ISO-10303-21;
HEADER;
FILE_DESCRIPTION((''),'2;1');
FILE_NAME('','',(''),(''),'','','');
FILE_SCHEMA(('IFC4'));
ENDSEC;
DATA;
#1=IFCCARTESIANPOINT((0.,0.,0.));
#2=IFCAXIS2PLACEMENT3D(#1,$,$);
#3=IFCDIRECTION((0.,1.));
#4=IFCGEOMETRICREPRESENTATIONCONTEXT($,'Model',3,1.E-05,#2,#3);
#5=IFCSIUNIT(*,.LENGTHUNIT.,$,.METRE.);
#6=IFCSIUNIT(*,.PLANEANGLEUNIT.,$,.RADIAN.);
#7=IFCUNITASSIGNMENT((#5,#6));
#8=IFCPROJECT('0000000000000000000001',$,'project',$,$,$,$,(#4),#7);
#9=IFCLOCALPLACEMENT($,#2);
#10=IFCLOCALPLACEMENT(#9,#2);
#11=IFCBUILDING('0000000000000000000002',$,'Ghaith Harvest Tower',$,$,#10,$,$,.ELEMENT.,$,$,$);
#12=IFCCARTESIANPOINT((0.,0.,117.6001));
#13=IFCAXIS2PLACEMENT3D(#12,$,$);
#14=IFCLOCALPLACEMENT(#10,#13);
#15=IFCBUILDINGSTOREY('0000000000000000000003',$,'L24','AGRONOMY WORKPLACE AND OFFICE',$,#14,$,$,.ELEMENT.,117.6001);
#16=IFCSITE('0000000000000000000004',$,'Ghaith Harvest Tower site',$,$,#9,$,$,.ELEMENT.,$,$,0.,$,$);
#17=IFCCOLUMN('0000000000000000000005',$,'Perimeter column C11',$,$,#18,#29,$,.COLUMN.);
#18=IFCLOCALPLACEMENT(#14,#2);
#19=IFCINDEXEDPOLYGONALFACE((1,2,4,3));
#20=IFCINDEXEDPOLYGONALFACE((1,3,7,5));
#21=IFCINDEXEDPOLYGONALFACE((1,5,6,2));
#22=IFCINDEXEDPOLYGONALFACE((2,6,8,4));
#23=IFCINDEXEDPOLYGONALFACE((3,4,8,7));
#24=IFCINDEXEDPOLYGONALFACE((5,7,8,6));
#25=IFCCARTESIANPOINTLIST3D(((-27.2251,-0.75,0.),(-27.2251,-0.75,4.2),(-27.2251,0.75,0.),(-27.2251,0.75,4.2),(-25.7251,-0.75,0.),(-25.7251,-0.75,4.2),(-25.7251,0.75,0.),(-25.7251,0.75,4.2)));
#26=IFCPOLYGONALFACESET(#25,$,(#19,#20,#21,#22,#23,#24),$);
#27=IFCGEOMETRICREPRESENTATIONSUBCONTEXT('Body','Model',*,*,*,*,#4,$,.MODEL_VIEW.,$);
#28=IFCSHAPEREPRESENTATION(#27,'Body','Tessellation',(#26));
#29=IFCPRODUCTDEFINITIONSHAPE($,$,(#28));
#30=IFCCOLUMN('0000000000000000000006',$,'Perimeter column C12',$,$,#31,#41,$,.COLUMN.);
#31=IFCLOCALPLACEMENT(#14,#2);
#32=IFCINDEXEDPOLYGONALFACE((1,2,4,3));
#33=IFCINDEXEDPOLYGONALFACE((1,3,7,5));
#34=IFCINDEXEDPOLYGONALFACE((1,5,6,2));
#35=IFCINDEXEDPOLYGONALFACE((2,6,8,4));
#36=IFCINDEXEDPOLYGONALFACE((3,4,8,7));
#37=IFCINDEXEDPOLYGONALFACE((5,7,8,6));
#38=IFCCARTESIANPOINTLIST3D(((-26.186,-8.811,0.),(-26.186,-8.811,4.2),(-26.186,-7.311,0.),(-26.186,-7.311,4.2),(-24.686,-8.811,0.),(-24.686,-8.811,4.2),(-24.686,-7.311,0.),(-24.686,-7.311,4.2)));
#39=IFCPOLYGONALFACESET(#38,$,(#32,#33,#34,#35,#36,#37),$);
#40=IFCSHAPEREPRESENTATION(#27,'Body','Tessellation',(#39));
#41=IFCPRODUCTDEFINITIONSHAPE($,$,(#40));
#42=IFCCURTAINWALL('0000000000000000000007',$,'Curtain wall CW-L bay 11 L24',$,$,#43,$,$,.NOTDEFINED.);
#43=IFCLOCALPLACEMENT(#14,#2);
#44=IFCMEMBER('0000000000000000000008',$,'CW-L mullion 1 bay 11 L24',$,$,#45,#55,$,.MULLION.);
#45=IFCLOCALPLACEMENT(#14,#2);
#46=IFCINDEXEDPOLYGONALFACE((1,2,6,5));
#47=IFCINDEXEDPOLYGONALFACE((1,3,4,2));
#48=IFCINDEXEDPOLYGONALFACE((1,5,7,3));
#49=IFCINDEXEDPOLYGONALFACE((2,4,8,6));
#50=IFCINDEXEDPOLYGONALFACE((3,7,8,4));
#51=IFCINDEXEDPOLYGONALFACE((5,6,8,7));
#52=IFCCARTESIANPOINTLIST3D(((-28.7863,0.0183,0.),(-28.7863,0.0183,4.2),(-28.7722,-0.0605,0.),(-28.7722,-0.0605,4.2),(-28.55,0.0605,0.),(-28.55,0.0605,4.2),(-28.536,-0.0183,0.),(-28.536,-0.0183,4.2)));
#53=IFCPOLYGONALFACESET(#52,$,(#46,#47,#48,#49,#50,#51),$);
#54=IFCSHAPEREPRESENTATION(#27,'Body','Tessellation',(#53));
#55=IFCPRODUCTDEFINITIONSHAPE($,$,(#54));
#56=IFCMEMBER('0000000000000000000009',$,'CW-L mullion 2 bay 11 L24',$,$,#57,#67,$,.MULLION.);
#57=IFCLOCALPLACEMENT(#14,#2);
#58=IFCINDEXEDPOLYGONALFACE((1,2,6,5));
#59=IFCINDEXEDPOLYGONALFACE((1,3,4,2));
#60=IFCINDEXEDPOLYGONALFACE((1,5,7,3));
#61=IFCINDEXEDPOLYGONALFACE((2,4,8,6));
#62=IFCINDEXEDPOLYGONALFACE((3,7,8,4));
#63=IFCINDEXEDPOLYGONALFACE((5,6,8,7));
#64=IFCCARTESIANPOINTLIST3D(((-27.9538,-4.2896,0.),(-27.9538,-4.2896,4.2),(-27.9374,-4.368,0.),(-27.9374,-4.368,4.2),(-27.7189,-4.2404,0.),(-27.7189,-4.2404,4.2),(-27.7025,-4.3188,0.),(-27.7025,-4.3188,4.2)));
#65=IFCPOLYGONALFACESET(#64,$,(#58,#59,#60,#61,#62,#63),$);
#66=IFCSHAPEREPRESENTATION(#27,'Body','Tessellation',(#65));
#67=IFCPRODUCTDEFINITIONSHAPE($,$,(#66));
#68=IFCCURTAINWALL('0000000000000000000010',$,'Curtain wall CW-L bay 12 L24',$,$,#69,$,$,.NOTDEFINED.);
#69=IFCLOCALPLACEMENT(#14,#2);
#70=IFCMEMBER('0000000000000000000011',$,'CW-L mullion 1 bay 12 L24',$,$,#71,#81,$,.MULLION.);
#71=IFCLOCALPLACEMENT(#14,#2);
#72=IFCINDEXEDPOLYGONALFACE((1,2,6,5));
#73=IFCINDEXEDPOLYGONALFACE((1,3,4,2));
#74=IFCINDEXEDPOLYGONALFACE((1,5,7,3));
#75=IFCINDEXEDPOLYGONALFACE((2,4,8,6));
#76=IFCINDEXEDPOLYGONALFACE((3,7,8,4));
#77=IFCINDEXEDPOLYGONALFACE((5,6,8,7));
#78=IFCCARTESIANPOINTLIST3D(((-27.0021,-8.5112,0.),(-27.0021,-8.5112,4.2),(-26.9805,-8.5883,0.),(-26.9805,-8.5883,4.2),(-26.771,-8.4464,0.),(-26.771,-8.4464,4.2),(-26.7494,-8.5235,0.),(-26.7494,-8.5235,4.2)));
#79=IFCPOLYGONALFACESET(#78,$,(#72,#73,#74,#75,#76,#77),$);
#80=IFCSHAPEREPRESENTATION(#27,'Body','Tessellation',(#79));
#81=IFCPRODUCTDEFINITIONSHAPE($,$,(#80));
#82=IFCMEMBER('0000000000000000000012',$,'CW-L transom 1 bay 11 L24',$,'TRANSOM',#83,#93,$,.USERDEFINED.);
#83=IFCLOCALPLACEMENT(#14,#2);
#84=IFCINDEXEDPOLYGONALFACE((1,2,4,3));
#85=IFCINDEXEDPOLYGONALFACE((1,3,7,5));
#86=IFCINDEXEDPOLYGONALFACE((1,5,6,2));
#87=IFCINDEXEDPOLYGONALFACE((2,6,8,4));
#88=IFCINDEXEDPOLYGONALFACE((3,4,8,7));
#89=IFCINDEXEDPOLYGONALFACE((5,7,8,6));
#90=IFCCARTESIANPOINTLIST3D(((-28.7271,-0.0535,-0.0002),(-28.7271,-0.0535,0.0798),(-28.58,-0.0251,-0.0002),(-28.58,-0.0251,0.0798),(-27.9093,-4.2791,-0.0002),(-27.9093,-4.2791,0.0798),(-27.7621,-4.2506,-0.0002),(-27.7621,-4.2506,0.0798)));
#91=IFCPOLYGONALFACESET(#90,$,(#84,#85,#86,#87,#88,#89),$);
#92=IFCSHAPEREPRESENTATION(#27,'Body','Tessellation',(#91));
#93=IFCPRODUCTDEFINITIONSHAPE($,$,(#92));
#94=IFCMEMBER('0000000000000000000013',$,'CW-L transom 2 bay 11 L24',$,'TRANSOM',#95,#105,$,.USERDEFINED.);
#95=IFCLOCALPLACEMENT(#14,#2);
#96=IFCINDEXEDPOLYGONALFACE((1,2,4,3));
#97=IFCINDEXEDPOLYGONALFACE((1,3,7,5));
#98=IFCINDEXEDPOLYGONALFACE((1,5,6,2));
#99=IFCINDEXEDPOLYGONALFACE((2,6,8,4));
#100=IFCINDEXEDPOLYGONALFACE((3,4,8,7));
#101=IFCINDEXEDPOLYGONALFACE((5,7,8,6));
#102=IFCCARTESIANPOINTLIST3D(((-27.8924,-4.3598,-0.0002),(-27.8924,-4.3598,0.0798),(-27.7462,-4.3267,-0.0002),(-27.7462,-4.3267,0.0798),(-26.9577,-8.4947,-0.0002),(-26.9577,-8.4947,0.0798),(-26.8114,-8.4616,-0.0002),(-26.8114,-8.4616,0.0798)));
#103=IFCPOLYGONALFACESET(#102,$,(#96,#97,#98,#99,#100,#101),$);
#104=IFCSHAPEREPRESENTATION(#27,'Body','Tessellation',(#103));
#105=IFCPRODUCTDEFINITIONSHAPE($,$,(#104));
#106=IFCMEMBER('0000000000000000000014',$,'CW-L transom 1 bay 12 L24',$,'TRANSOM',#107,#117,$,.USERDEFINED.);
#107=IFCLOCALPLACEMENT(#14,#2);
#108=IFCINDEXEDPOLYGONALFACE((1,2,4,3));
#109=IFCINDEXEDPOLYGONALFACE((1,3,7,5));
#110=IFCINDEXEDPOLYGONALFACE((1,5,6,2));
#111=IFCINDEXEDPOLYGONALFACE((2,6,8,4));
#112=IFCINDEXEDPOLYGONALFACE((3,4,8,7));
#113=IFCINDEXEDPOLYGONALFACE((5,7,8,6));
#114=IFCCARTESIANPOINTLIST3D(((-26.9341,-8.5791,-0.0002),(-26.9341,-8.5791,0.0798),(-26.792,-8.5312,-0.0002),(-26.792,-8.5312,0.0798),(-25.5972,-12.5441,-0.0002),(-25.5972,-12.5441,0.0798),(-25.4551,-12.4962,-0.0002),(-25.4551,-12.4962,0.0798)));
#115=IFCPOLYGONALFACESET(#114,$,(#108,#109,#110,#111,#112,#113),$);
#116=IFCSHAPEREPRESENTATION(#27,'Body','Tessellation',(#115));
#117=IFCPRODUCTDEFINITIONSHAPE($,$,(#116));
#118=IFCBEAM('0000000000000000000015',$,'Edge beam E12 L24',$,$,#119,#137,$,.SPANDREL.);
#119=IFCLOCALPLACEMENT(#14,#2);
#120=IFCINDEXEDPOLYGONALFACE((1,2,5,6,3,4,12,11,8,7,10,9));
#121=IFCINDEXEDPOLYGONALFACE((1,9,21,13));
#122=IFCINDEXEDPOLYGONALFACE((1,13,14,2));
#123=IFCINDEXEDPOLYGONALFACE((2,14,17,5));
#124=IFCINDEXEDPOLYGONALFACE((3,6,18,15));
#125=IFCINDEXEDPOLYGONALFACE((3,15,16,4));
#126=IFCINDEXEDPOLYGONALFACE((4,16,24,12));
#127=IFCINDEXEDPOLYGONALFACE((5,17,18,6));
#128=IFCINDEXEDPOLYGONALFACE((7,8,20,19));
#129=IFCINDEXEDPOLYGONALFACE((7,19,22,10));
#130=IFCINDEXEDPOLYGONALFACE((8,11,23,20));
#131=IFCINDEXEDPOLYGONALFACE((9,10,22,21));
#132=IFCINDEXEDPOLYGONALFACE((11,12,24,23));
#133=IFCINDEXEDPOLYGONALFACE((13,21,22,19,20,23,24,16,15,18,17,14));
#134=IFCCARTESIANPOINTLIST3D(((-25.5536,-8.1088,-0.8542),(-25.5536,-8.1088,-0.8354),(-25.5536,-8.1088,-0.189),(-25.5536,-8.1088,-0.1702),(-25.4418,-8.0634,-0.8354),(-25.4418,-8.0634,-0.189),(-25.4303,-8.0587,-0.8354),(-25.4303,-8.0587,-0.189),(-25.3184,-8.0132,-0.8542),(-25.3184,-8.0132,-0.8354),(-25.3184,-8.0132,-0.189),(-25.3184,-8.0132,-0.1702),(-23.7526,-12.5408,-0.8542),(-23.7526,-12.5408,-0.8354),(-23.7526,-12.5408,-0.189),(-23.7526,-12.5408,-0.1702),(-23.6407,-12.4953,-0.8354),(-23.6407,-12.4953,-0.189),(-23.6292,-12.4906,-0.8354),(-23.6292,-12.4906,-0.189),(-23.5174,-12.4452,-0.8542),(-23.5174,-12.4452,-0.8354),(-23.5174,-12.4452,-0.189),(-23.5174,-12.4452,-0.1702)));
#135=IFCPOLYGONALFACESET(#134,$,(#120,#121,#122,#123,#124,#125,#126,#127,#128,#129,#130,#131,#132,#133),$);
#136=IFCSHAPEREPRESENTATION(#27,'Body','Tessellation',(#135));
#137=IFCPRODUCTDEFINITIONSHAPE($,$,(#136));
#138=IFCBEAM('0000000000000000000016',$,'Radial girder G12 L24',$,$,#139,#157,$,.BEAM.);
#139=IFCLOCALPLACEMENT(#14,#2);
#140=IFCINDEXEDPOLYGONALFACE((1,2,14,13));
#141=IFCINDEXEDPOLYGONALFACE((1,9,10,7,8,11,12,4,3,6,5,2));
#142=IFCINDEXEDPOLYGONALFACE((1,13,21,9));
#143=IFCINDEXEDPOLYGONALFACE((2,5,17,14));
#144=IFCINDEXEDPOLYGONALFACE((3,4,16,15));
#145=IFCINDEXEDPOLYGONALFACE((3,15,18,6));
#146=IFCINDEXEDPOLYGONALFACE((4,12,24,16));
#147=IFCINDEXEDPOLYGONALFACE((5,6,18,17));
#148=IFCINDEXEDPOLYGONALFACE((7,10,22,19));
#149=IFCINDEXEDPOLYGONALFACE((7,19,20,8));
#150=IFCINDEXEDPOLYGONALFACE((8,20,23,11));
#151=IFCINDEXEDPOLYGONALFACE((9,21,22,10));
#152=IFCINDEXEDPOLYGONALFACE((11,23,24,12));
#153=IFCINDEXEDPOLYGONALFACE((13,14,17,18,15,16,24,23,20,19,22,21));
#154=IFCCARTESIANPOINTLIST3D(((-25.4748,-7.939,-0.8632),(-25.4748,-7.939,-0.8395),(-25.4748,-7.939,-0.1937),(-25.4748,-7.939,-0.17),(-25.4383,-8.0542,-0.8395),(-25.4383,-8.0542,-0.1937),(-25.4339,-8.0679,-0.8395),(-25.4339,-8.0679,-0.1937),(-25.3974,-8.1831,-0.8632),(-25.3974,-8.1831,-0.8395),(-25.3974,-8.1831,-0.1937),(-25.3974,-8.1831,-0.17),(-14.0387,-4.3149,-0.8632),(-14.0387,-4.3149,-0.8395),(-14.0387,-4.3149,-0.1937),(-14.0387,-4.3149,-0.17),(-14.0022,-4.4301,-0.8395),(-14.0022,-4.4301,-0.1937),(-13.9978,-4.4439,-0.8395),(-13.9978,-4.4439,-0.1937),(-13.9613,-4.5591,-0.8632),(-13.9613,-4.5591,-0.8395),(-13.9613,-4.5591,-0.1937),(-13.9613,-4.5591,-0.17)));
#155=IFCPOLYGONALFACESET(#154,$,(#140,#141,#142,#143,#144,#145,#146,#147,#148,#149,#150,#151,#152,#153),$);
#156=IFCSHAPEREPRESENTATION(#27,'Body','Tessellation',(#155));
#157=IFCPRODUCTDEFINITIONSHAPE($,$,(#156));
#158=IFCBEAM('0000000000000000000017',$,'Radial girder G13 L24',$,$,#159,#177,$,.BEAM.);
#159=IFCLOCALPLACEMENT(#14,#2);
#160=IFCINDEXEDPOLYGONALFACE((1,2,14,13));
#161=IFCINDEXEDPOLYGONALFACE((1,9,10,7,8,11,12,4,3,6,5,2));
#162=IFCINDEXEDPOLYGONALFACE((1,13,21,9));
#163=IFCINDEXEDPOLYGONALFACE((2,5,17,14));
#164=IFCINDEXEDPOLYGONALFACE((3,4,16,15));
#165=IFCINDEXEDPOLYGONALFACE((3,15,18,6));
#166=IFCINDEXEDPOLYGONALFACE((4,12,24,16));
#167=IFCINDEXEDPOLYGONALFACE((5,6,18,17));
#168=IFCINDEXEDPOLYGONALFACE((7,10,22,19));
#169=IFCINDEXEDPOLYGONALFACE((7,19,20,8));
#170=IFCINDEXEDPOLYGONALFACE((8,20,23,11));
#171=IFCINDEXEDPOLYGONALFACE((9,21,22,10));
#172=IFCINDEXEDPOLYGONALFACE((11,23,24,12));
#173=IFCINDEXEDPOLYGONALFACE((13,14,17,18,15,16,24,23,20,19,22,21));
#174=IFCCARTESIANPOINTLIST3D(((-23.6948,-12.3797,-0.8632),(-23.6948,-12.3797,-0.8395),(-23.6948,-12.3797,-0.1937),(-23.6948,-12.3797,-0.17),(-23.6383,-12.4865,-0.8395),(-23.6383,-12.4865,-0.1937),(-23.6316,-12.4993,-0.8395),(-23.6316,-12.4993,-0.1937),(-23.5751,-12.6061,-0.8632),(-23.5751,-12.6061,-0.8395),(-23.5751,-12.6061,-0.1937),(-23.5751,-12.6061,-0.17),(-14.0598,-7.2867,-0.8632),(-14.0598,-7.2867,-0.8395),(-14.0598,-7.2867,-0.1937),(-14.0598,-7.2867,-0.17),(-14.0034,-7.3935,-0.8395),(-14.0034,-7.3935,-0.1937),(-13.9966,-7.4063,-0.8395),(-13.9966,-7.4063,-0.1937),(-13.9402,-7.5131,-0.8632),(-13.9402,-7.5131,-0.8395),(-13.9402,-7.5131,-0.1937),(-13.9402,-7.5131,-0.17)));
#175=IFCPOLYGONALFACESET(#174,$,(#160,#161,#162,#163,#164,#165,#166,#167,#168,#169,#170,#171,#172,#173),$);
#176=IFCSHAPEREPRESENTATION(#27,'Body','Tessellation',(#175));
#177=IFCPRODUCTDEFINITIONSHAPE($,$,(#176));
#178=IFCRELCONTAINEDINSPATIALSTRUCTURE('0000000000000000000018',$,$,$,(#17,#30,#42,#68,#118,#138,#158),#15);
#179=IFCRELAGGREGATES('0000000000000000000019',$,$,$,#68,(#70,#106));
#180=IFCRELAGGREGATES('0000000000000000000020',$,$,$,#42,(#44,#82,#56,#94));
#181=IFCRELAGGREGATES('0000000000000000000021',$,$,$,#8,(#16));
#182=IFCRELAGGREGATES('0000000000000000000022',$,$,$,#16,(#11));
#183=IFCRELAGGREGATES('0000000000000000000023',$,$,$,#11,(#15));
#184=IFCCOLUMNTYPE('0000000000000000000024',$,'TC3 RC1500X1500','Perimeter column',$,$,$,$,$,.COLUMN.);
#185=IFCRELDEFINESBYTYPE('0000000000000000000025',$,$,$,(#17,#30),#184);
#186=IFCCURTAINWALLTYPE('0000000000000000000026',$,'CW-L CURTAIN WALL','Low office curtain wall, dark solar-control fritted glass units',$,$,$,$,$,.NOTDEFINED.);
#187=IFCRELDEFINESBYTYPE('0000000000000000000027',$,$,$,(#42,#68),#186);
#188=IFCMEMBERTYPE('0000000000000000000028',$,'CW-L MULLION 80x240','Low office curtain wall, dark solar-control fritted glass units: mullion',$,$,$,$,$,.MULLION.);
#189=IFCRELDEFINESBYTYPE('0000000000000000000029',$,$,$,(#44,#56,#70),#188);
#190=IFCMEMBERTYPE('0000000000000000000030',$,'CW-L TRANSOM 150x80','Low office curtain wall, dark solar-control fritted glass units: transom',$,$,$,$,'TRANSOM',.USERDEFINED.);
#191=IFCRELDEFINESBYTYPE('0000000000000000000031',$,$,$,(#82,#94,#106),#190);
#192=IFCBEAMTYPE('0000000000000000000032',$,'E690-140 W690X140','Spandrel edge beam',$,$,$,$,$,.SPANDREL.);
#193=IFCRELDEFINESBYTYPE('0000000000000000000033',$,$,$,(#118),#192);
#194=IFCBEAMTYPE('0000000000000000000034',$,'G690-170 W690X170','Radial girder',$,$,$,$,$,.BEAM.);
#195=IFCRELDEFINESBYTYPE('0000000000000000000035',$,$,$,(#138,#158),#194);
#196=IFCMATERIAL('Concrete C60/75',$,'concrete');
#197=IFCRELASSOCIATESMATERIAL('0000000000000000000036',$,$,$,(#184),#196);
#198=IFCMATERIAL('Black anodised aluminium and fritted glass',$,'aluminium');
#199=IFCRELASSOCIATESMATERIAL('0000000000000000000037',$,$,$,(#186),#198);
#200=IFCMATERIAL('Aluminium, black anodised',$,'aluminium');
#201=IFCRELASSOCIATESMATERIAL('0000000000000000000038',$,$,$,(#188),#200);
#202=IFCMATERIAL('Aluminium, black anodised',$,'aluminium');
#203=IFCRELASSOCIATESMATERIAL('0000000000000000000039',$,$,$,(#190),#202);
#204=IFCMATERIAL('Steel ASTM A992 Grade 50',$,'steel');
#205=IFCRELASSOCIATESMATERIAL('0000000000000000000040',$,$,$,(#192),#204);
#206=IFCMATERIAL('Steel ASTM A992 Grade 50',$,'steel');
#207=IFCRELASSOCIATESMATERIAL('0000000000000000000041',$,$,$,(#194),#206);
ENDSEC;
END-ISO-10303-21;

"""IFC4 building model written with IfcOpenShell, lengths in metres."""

from ifc_helpers import new_model, si_unit, direction, frame, origin, origin_2d, place, context, subcontext, project, spatial, rectangle, i_section, extrude, material, material_profile, profile_set, type_object, element, aggregate, save


model = new_model("IFC4")

# Units and contexts
model_context = context("Model", 3, precision=1e-05, world=origin(), true_north=direction((0.0, 1.0)))
body_context = subcontext(model_context, "Body", "Model", "MODEL_VIEW")
ifc_project = project(units=[si_unit("LENGTHUNIT", "METRE"), si_unit("PLANEANGLEUNIT", "RADIAN")], contexts=[model_context])

# Site, building, storey
site_placement = place(None, origin())
site = spatial("IfcSite", under=ifc_project, at=site_placement, Name="Ghaith Harvest Tower site", CompositionType="ELEMENT", RefElevation=0.0)
building_placement = place(site_placement, origin())
building = spatial("IfcBuilding", under=site, at=building_placement, Name="Ghaith Harvest Tower", CompositionType="ELEMENT")
storey_placement = place(building_placement, frame((0.0, 0.0, 117.6001)))
storey = spatial("IfcBuildingStorey", under=building, at=storey_placement, Name="L24", Description="AGRONOMY WORKPLACE AND OFFICE", CompositionType="ELEMENT", Elevation=117.6001)

# Columns
ifc_material_1 = material(Name="Concrete C60/75", Category="concrete")
ifc_material_profile_1 = material_profile(ifc_material_1, rectangle(XDim=1.5, YDim=1.5, at=origin_2d()), Name="RC1500X1500")
ifc_profile_set_1 = profile_set([ifc_material_profile_1], Name="Concrete C60/75")
column_type = type_object("IfcColumnType", Name="TC3 RC1500X1500", Description="Perimeter column", PredefinedType="COLUMN", material=ifc_profile_set_1)
for number, where, z_axis, x_axis, name in (
    (1, (-26.4751, 0.0, 0.0), (0.0, 0.0, 1.0), (1.0, 0.0, 0.0), "Perimeter column C11"),
    (2, (-25.436, -8.061, 0.0), (0.0, 0.0, 1.0), (1.0, 0.0, 0.0), "Perimeter column C12"),
):
    element("IfcColumn", number, at=place(storey_placement, frame(where, z_axis=z_axis, x_axis=x_axis)), inside=storey, type_object=column_type, Name=name, PredefinedType="COLUMN", context=body_context, shape_type="SweptSolid", body=[
        extrude(rectangle(XDim=1.5, YDim=1.5, at=origin_2d()), origin(), (0.0, 0.0, 1.0), 4.2),
    ])

# Curtain wall, members
ifc_material_2 = material(Name="Black anodised aluminium and fritted glass", Category="aluminium")
curtain_wall_type = type_object("IfcCurtainWallType", Name="CW-L CURTAIN WALL", Description="Low office curtain wall, dark solar-control fritted glass units", PredefinedType="NOTDEFINED", material=ifc_material_2)
curtain_wall_1_placement = place(storey_placement, origin())
curtain_wall_1 = element("IfcCurtainWall", 3, at=curtain_wall_1_placement, inside=storey, type_object=curtain_wall_type, Name="Curtain wall CW-L bay 11 L24", PredefinedType="NOTDEFINED")
ifc_material_3 = material(Name="Aluminium, black anodised", Category="aluminium")
ifc_material_profile_2 = material_profile(ifc_material_3, rectangle(XDim=0.0801, YDim=0.24, at=origin_2d()), Name="CW-L MULLION 80x240")
ifc_profile_set_2 = profile_set([ifc_material_profile_2], Name="Aluminium, black anodised")
member_type_1 = type_object("IfcMemberType", Name="CW-L MULLION 80x240", Description="Low office curtain wall, dark solar-control fritted glass units: mullion", PredefinedType="MULLION", material=ifc_profile_set_2)
member_1_placement = place(storey_placement, frame((-28.6611, 0.0, 0.0), z_axis=(0.0, 0.0, 1.0), x_axis=(0.175827, -0.984421, 0.0)))
member_1 = element("IfcMember", 4, at=member_1_placement, type_object=member_type_1, Name="CW-L mullion 1 bay 11 L24", PredefinedType="MULLION", context=body_context, shape_type="SweptSolid", body=[
    extrude(rectangle(XDim=0.0801, YDim=0.24, at=origin_2d()), origin(), (0.0, 0.0, 1.0), 4.2),
])
member_2_placement = place(storey_placement, frame((-27.8281, -4.3042, 0.0), z_axis=(0.0, 0.0, 1.0), x_axis=(0.205176, -0.978725, 0.0)))
member_2 = element("IfcMember", 5, at=member_2_placement, type_object=member_type_1, Name="CW-L mullion 2 bay 11 L24", PredefinedType="MULLION", context=body_context, shape_type="SweptSolid", body=[
    extrude(rectangle(XDim=0.0801, YDim=0.24, at=origin_2d()), origin(), (0.0, 0.0, 1.0), 4.2),
])

# Curtain wall, member
curtain_wall_2_placement = place(storey_placement, origin())
curtain_wall_2 = element("IfcCurtainWall", 6, at=curtain_wall_2_placement, inside=storey, type_object=curtain_wall_type, Name="Curtain wall CW-L bay 12 L24", PredefinedType="NOTDEFINED")
member_3_placement = place(storey_placement, frame((-26.8757, -8.5173, 0.0), z_axis=(0.0, 0.0, 1.0), x_axis=(0.270019, -0.962855, 0.0)))
member_3 = element("IfcMember", 7, at=member_3_placement, type_object=member_type_1, Name="CW-L mullion 1 bay 12 L24", PredefinedType="MULLION", context=body_context, shape_type="SweptSolid", body=[
    extrude(rectangle(XDim=0.0801, YDim=0.24, at=origin_2d()), origin(), (0.0, 0.0, 1.0), 4.2),
])

# Members
ifc_material_4 = material(Name="Aluminium, black anodised", Category="aluminium")
ifc_material_profile_3 = material_profile(ifc_material_4, rectangle(XDim=0.1499, YDim=0.0801, at=origin_2d()), Name="CW-L TRANSOM 150x80")
ifc_profile_set_3 = profile_set([ifc_material_profile_3], Name="Aluminium, black anodised")
member_type_2 = type_object("IfcMemberType", Name="CW-L TRANSOM 150x80", Description="Low office curtain wall, dark solar-control fritted glass units: transom", ElementType="TRANSOM", PredefinedType="USERDEFINED", material=ifc_profile_set_3)
member_4_placement = place(storey_placement, frame((-28.6536, -0.0393, 0.0398), z_axis=(0.190025, -0.981779, 0.0), x_axis=(0.981779, 0.190025, 0.0)))
member_4 = element("IfcMember", 8, at=member_4_placement, type_object=member_type_2, Name="CW-L transom 1 bay 11 L24", ObjectType="TRANSOM", PredefinedType="USERDEFINED", context=body_context, shape_type="SweptSolid", body=[
    extrude(rectangle(XDim=0.1499, YDim=0.0801, at=origin_2d()), origin(), (0.0, 0.0, 1.0), 4.304),
])
member_5_placement = place(storey_placement, frame((-27.8193, -4.3433, 0.0398), z_axis=(0.220508, -0.975385, 0.0), x_axis=(0.975385, 0.220508, 0.0)))
member_5 = element("IfcMember", 9, at=member_5_placement, type_object=member_type_2, Name="CW-L transom 2 bay 11 L24", ObjectType="TRANSOM", PredefinedType="USERDEFINED", context=body_context, shape_type="SweptSolid", body=[
    extrude(rectangle(XDim=0.1499, YDim=0.0801, at=origin_2d()), origin(), (0.0, 0.0, 1.0), 4.2393),
])
member_6_placement = place(storey_placement, frame((-26.863, -8.5552, 0.0398), z_axis=(0.319499, -0.947587, 0.0), x_axis=(0.947587, 0.319499, 0.0)))
member_6 = element("IfcMember", 10, at=member_6_placement, type_object=member_type_2, Name="CW-L transom 1 bay 12 L24", ObjectType="TRANSOM", PredefinedType="USERDEFINED", context=body_context, shape_type="SweptSolid", body=[
    extrude(rectangle(XDim=0.1499, YDim=0.0801, at=origin_2d()), origin(), (0.0, 0.0, 1.0), 4.1843),
])
aggregate(curtain_wall_2, [member_3, member_6])

# Beams
ifc_material_5 = material(Name="Steel ASTM A992 Grade 50", Category="steel")
ifc_material_profile_4 = material_profile(ifc_material_5, i_section(OverallWidth=0.2539, OverallDepth=0.6841, WebThickness=0.0125, FlangeThickness=0.0188, at=origin_2d()), Name="W690X140")
ifc_profile_set_4 = profile_set([ifc_material_profile_4], Name="Steel ASTM A992 Grade 50")
beam_type_1 = type_object("IfcBeamType", Name="E690-140 W690X140", Description="Spandrel edge beam", PredefinedType="SPANDREL", material=ifc_profile_set_4)
beam_1_placement = place(storey_placement, frame((-25.436, -8.061, -0.5122), z_axis=(0.37648, -0.926425, 0.0), x_axis=(0.926425, 0.37648, 0.0)))
element("IfcBeam", 11, at=beam_1_placement, inside=storey, type_object=beam_type_1, Name="Edge beam E12 L24", PredefinedType="SPANDREL", context=body_context, shape_type="SweptSolid", body=[
    extrude(i_section(OverallWidth=0.2539, OverallDepth=0.6841, WebThickness=0.0125, FlangeThickness=0.0188, at=origin_2d()), origin(), (0.0, 0.0, 1.0), 4.7839),
])
ifc_material_6 = material(Name="Steel ASTM A992 Grade 50", Category="steel")
ifc_material_profile_5 = material_profile(ifc_material_6, i_section(OverallWidth=0.2561, OverallDepth=0.6931, WebThickness=0.0144, FlangeThickness=0.0237, at=origin_2d()), Name="W690X170")
ifc_profile_set_5 = profile_set([ifc_material_profile_5], Name="Steel ASTM A992 Grade 50")
beam_type_2 = type_object("IfcBeamType", Name="G690-170 W690X170", Description="Radial girder", PredefinedType="BEAM", material=ifc_profile_set_5)
beam_2_placement = place(storey_placement, frame((-14.0, -4.437, -0.5166), z_axis=(-0.95328, -0.30209, 0.0), x_axis=(0.30209, -0.95328, 0.0)))
element("IfcBeam", 12, at=beam_2_placement, inside=storey, type_object=beam_type_2, Name="Radial girder G12 L24", PredefinedType="BEAM", context=body_context, shape_type="SweptSolid", body=[
    extrude(i_section(OverallWidth=0.2561, OverallDepth=0.6931, WebThickness=0.0144, FlangeThickness=0.0237, at=origin_2d()), origin(), (0.0, 0.0, 1.0), 11.9966),
])
beam_3_placement = place(storey_placement, frame((-14.0, -7.3999, -0.5166), z_axis=(-0.884086, -0.467324, 0.0), x_axis=(0.467324, -0.884086, 0.0)))
element("IfcBeam", 13, at=beam_3_placement, inside=storey, type_object=beam_type_2, Name="Radial girder G13 L24", PredefinedType="BEAM", context=body_context, shape_type="SweptSolid", body=[
    extrude(i_section(OverallWidth=0.2561, OverallDepth=0.6931, WebThickness=0.0144, FlangeThickness=0.0237, at=origin_2d()), origin(), (0.0, 0.0, 1.0), 10.8982),
])

aggregate(curtain_wall_1, [member_1, member_4, member_2, member_5])

save(model, "model.ifc")
